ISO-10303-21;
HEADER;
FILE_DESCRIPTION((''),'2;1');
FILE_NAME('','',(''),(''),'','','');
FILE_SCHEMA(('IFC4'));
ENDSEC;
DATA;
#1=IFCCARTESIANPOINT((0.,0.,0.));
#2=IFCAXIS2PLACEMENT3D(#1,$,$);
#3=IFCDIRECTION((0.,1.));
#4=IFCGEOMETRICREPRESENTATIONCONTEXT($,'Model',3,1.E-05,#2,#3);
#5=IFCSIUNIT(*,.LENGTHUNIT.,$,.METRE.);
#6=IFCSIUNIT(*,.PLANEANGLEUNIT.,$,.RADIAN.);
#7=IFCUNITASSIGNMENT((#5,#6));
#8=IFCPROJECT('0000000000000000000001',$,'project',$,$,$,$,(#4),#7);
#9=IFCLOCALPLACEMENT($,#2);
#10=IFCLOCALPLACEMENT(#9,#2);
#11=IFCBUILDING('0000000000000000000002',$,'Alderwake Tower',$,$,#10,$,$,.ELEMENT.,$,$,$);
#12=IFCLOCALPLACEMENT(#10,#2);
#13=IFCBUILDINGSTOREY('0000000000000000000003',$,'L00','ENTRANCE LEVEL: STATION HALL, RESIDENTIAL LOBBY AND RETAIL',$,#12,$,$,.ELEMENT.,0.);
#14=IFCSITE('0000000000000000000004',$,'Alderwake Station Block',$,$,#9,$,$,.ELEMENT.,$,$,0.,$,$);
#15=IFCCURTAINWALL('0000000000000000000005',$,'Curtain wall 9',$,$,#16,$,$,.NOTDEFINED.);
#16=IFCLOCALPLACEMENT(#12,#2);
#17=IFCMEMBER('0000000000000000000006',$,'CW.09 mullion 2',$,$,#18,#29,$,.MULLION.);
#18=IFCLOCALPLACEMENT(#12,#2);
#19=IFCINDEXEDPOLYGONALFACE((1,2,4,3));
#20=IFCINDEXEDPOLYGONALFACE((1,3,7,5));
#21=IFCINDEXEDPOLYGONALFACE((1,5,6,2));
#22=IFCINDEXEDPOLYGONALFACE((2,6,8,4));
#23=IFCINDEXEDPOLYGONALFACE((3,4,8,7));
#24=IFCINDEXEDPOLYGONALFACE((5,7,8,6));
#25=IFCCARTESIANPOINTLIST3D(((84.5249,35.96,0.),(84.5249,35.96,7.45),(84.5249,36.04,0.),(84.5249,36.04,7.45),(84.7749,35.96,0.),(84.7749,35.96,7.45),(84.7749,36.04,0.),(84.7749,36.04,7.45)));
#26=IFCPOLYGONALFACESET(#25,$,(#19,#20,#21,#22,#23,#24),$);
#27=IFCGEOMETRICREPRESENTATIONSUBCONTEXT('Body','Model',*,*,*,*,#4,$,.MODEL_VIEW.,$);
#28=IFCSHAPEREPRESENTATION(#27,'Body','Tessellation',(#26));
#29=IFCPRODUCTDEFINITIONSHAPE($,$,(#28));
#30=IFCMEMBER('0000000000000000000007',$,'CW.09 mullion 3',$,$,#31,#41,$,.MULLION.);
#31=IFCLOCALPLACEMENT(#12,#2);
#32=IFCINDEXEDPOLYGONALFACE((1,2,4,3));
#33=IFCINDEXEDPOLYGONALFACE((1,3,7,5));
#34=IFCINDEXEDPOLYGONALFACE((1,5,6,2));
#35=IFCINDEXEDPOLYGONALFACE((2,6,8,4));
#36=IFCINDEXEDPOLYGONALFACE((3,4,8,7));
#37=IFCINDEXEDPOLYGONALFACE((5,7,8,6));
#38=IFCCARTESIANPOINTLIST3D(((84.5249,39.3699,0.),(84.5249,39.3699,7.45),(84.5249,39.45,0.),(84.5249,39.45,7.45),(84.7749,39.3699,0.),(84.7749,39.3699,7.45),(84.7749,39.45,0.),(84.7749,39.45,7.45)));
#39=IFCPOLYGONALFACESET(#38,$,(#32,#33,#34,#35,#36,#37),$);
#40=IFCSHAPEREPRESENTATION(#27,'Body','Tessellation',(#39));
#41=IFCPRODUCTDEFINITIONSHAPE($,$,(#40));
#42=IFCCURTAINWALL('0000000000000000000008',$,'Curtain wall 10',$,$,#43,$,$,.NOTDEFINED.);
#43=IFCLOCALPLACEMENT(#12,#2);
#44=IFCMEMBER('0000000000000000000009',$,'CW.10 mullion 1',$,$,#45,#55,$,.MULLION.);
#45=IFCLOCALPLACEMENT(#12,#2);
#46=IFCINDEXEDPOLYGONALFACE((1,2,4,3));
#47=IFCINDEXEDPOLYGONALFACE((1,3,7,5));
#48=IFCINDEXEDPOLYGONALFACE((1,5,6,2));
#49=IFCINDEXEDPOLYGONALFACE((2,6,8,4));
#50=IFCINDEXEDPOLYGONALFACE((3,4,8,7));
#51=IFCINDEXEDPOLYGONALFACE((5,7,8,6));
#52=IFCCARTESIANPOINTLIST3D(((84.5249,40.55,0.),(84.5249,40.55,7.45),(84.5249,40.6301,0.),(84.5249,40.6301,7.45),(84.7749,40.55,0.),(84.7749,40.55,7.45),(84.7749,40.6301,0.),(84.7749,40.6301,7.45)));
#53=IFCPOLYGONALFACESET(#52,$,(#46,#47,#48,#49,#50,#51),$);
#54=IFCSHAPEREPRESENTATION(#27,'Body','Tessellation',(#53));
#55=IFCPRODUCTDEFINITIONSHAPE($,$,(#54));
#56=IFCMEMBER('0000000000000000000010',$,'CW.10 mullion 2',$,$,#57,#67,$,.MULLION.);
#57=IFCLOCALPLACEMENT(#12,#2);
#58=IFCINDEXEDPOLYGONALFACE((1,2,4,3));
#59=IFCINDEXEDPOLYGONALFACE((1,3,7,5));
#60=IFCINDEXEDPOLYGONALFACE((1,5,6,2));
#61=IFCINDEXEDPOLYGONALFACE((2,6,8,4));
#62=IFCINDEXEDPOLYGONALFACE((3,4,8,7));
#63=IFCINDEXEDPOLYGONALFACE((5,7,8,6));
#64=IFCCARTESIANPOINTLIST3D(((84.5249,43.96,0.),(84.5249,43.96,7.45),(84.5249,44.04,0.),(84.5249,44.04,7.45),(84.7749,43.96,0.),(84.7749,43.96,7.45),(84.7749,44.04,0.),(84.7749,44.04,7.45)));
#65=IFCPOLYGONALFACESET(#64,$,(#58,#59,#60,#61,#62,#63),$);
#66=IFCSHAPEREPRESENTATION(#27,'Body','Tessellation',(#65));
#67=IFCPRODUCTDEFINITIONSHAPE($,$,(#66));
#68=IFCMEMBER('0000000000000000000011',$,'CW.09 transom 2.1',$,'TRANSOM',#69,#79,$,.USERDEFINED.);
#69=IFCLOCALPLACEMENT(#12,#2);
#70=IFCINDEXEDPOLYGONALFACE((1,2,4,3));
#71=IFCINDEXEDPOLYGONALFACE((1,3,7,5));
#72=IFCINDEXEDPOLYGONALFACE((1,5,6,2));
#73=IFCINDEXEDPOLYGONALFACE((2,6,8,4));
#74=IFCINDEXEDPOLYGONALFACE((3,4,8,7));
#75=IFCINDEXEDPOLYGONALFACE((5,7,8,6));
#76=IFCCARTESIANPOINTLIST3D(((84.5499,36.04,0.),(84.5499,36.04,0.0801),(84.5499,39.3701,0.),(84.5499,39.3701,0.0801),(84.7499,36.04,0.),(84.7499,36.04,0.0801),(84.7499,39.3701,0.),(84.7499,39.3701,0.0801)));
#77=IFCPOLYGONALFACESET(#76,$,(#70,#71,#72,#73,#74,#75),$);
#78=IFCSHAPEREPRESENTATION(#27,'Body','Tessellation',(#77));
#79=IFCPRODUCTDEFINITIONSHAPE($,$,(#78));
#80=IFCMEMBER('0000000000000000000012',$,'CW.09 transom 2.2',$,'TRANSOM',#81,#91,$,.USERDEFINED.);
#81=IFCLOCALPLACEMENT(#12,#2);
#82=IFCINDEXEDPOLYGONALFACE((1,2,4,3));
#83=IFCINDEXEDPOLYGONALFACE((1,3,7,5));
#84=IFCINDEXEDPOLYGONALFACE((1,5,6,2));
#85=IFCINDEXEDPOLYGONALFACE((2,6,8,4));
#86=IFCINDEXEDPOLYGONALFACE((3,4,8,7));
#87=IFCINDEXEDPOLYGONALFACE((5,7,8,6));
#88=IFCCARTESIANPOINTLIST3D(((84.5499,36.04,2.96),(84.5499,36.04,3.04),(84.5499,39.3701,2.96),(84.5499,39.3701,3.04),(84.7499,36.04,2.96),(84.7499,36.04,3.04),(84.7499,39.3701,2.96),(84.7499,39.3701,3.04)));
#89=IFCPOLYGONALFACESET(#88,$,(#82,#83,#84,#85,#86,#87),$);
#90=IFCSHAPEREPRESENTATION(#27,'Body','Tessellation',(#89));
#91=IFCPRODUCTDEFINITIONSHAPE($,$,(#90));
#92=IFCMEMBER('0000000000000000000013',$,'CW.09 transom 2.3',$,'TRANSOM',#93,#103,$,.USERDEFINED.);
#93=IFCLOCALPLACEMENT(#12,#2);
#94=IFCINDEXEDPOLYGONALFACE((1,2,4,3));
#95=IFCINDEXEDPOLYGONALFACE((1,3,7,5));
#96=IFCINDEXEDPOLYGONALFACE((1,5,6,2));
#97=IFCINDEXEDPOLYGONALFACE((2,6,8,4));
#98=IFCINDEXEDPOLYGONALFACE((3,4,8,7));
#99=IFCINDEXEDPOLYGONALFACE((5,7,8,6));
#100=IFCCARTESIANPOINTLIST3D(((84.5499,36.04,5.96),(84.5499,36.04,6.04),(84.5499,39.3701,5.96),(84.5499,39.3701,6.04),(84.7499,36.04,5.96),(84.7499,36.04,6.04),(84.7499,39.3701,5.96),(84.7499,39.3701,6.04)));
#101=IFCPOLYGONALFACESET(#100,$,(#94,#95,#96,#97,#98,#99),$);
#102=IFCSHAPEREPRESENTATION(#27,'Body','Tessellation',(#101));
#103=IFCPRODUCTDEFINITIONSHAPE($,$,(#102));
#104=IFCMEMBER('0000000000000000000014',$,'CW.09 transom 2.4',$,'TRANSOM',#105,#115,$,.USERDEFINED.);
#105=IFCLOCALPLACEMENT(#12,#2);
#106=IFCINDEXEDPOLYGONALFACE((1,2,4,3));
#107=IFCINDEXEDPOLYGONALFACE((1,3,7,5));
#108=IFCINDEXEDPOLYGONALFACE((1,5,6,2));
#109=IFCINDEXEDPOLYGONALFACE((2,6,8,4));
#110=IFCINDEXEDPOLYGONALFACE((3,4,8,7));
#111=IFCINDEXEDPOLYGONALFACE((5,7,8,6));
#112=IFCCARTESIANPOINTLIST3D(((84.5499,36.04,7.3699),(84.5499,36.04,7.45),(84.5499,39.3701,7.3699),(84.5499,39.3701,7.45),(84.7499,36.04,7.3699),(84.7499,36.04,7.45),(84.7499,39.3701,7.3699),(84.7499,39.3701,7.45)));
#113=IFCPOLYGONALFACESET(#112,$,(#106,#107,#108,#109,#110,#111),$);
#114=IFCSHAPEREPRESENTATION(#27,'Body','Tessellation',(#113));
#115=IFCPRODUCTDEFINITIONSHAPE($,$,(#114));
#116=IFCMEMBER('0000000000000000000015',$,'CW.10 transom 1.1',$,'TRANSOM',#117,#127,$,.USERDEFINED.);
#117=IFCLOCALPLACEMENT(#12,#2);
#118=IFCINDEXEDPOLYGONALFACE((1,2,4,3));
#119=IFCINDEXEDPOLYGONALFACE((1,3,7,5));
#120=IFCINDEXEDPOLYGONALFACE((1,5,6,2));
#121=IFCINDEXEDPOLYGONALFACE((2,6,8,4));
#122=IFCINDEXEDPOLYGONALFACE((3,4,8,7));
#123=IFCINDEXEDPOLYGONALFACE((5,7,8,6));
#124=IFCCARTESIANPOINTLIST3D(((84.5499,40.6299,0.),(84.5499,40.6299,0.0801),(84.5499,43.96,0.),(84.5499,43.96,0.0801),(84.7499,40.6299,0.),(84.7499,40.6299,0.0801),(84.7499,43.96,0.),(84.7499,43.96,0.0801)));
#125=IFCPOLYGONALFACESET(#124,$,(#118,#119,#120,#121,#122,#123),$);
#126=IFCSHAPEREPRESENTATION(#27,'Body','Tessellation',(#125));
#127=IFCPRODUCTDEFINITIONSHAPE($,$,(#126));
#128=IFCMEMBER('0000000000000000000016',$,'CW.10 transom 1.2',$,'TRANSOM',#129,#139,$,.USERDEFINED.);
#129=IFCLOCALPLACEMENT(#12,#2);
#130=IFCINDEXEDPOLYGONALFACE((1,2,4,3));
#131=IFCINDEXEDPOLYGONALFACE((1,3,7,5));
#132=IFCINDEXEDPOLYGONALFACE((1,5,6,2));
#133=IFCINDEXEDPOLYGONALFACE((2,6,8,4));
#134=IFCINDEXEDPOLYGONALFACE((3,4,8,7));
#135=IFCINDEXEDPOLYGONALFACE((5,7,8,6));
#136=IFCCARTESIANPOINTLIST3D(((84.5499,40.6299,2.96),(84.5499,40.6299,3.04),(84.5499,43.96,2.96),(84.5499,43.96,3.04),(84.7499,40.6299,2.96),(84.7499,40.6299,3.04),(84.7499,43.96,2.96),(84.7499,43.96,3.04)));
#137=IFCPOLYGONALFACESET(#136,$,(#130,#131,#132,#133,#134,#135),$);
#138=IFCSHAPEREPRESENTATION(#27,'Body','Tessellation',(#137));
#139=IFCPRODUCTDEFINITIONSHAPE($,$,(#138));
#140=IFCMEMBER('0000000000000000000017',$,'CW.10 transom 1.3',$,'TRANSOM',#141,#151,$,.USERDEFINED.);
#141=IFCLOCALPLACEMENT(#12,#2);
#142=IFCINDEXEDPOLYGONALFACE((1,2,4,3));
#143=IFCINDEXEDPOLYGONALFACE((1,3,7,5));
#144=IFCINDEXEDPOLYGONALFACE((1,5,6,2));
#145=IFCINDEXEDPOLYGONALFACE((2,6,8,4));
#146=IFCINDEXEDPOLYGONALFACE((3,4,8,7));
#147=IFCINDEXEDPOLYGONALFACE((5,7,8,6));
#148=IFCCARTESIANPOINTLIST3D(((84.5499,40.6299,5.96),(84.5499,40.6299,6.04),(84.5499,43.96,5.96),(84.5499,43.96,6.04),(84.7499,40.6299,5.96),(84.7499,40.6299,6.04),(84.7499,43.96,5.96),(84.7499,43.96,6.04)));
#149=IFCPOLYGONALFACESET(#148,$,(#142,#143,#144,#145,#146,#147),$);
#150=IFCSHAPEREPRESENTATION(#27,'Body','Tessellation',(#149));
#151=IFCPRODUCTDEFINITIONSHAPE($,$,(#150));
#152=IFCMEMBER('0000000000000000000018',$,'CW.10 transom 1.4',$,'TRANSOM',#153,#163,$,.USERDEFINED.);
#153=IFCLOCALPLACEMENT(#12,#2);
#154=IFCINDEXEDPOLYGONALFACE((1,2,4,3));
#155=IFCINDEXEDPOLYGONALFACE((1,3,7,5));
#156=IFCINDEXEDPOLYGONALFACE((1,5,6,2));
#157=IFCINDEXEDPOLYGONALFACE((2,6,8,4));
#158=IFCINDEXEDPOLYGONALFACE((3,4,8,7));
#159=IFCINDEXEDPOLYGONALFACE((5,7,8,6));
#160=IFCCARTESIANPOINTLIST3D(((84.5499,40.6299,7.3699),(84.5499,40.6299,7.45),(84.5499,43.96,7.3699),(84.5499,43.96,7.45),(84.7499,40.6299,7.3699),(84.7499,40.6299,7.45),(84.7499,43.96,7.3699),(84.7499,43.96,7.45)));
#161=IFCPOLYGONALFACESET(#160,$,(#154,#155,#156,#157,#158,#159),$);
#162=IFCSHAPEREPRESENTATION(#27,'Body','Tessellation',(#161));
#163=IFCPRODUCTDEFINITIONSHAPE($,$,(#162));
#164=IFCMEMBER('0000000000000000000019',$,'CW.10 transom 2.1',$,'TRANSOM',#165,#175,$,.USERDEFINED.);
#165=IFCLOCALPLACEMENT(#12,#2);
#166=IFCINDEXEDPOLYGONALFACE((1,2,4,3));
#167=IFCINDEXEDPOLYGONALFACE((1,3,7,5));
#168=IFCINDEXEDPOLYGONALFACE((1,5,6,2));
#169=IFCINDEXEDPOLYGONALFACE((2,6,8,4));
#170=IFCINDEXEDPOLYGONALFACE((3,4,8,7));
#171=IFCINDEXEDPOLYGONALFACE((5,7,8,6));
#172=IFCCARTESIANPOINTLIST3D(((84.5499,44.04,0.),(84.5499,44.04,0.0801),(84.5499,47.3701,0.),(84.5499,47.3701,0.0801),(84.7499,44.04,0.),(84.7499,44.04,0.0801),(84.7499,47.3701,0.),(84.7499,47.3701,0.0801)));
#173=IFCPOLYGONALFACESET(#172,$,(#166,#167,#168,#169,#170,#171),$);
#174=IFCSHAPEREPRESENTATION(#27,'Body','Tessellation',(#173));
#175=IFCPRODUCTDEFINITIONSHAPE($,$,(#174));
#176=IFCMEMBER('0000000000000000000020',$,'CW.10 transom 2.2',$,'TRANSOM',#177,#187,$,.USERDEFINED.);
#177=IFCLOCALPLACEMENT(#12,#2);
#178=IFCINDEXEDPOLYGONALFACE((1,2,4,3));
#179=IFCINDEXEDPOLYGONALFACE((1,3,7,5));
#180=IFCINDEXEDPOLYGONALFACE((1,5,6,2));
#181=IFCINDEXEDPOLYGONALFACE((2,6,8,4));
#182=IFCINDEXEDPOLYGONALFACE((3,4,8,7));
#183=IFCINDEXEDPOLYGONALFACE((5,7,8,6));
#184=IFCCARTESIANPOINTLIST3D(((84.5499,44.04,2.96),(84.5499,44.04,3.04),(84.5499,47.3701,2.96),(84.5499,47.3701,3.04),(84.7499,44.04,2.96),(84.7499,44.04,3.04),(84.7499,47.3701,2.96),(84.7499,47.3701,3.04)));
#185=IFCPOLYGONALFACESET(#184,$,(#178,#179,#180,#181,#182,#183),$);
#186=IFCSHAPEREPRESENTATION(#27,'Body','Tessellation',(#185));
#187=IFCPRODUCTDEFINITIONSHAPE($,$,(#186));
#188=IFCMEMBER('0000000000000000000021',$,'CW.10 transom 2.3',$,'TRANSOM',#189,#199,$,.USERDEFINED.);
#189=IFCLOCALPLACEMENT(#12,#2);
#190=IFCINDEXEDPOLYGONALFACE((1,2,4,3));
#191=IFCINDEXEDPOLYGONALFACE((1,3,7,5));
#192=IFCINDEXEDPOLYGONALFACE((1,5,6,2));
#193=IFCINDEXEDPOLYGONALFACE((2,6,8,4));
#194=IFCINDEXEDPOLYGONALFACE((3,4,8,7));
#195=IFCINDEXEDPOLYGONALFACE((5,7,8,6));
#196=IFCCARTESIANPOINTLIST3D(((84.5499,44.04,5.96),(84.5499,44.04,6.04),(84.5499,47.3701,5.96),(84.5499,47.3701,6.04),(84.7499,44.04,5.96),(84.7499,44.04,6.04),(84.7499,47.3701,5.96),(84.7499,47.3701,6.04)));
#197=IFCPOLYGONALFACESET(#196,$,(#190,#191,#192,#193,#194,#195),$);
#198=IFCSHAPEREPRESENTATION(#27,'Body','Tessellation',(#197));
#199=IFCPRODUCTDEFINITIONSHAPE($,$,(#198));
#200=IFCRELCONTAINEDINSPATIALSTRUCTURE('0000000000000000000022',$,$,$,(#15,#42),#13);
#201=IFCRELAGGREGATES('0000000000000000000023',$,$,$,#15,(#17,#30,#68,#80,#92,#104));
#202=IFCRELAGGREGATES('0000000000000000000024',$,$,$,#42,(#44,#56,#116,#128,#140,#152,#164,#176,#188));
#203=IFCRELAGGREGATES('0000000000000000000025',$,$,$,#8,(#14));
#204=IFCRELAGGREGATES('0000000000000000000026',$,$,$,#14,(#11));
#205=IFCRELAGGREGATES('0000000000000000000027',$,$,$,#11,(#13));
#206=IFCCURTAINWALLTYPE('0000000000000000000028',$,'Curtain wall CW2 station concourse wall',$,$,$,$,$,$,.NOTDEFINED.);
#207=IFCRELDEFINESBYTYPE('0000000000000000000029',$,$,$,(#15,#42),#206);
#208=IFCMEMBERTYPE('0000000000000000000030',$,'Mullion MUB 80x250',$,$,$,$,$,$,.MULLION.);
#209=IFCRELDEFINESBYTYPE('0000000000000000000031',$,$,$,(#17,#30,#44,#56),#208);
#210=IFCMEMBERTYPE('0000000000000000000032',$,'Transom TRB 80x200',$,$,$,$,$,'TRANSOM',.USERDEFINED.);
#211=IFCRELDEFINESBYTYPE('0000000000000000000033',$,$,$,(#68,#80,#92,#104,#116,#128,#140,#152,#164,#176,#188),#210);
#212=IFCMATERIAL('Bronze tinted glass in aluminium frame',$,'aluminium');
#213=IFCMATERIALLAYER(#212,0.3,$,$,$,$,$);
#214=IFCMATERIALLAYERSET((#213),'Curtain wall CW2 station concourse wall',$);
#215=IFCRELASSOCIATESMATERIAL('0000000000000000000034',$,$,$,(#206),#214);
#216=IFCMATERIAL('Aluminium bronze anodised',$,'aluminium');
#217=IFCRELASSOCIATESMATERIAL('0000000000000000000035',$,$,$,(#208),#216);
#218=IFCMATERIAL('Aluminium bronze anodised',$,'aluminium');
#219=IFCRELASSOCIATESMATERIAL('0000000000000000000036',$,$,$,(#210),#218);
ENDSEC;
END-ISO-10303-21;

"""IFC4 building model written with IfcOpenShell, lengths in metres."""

from ifc_helpers import new_model, si_unit, direction, frame, origin, origin_2d, place, context, subcontext, project, spatial, rectangle, extrude, material, layer, layer_set, material_profile, profile_set, type_object, element, aggregate, save


model = new_model("IFC4")

# Units and contexts
model_context = context("Model", 3, precision=1e-05, world=origin(), true_north=direction((0.0, 1.0)))
body_context = subcontext(model_context, "Body", "Model", "MODEL_VIEW")
ifc_project = project(units=[si_unit("LENGTHUNIT", "METRE"), si_unit("PLANEANGLEUNIT", "RADIAN")], contexts=[model_context])

# Site, building, storey
site_placement = place(None, origin())
site = spatial("IfcSite", under=ifc_project, at=site_placement, Name="Alderwake Station Block", CompositionType="ELEMENT", RefElevation=0.0)
building_placement = place(site_placement, origin())
building = spatial("IfcBuilding", under=site, at=building_placement, Name="Alderwake Tower", CompositionType="ELEMENT")
storey_placement = place(building_placement, origin())
storey = spatial("IfcBuildingStorey", under=building, at=storey_placement, Name="L00", Description="ENTRANCE LEVEL: STATION HALL, RESIDENTIAL LOBBY AND RETAIL", CompositionType="ELEMENT", Elevation=0.0)

# Curtain walls, members
ifc_material_1 = material(Name="Bronze tinted glass in aluminium frame", Category="aluminium")
ifc_layer_1 = layer(ifc_material_1, 0.3)
ifc_layer_set_1 = layer_set([ifc_layer_1], Name="Curtain wall CW2 station concourse wall")
curtain_wall_type = type_object("IfcCurtainWallType", Name="Curtain wall CW2 station concourse wall", PredefinedType="NOTDEFINED", material=ifc_layer_set_1)
curtain_wall_1_placement = place(storey_placement, origin())
curtain_wall_1 = element("IfcCurtainWall", 1, at=curtain_wall_1_placement, inside=storey, type_object=curtain_wall_type, Name="Curtain wall 9", PredefinedType="NOTDEFINED")
ifc_material_2 = material(Name="Aluminium bronze anodised", Category="aluminium")
ifc_material_profile_1 = material_profile(ifc_material_2, rectangle(XDim=0.25, YDim=0.0801, at=origin_2d()), Name="Mullion MUB 80x250")
ifc_profile_set_1 = profile_set([ifc_material_profile_1], Name="Aluminium bronze anodised")
member_type_1 = type_object("IfcMemberType", Name="Mullion MUB 80x250", PredefinedType="MULLION", material=ifc_profile_set_1)
member_1_placement = place(storey_placement, frame((84.6499, 36.0, 0.0), z_axis=(0.0, 0.0, 1.0), x_axis=(-1.0, 0.0, 0.0)))
member_1 = element("IfcMember", 2, at=member_1_placement, type_object=member_type_1, Name="CW.09 mullion 2", PredefinedType="MULLION", context=body_context, shape_type="SweptSolid", body=[
    extrude(rectangle(XDim=0.25, YDim=0.0801, at=origin_2d()), origin(), (0.0, 0.0, 1.0), 7.45),
])
member_2_placement = place(storey_placement, frame((84.6499, 39.4099, 0.0), z_axis=(0.0, 0.0, 1.0), x_axis=(-1.0, 0.0, 0.0)))
member_2 = element("IfcMember", 3, at=member_2_placement, type_object=member_type_1, Name="CW.09 mullion 3", PredefinedType="MULLION", context=body_context, shape_type="SweptSolid", body=[
    extrude(rectangle(XDim=0.25, YDim=0.0801, at=origin_2d()), origin(), (0.0, 0.0, 1.0), 7.45),
])
curtain_wall_2_placement = place(storey_placement, origin())
curtain_wall_2 = element("IfcCurtainWall", 4, at=curtain_wall_2_placement, inside=storey, type_object=curtain_wall_type, Name="Curtain wall 10", PredefinedType="NOTDEFINED")
member_3_placement = place(storey_placement, frame((84.6499, 40.5901, 0.0), z_axis=(0.0, 0.0, 1.0), x_axis=(-1.0, 0.0, 0.0)))
member_3 = element("IfcMember", 5, at=member_3_placement, type_object=member_type_1, Name="CW.10 mullion 1", PredefinedType="MULLION", context=body_context, shape_type="SweptSolid", body=[
    extrude(rectangle(XDim=0.25, YDim=0.0801, at=origin_2d()), origin(), (0.0, 0.0, 1.0), 7.45),
])
member_4_placement = place(storey_placement, frame((84.6499, 44.0, 0.0), z_axis=(0.0, 0.0, 1.0), x_axis=(-1.0, 0.0, 0.0)))
member_4 = element("IfcMember", 6, at=member_4_placement, type_object=member_type_1, Name="CW.10 mullion 2", PredefinedType="MULLION", context=body_context, shape_type="SweptSolid", body=[
    extrude(rectangle(XDim=0.25, YDim=0.0801, at=origin_2d()), origin(), (0.0, 0.0, 1.0), 7.45),
])

# Members
ifc_material_3 = material(Name="Aluminium bronze anodised", Category="aluminium")
ifc_material_profile_2 = material_profile(ifc_material_3, rectangle(XDim=0.2, YDim=0.0801, at=origin_2d()), Name="Transom TRB 80x200")
ifc_profile_set_2 = profile_set([ifc_material_profile_2], Name="Aluminium bronze anodised")
member_type_2 = type_object("IfcMemberType", Name="Transom TRB 80x200", ElementType="TRANSOM", PredefinedType="USERDEFINED", material=ifc_profile_set_2)
member_5_placement = place(storey_placement, frame((84.6499, 36.04, 0.04), z_axis=(0.0, 1.0, 0.0), x_axis=(-1.0, 0.0, 0.0)))
member_5 = element("IfcMember", 7, at=member_5_placement, type_object=member_type_2, Name="CW.09 transom 2.1", ObjectType="TRANSOM", PredefinedType="USERDEFINED", context=body_context, shape_type="SweptSolid", body=[
    extrude(rectangle(XDim=0.2, YDim=0.0801, at=origin_2d()), origin(), (0.0, 0.0, 1.0), 3.3301),
])
member_6_placement = place(storey_placement, frame((84.6499, 36.04, 3.0), z_axis=(0.0, 1.0, 0.0), x_axis=(-1.0, 0.0, 0.0)))
member_6 = element("IfcMember", 8, at=member_6_placement, type_object=member_type_2, Name="CW.09 transom 2.2", ObjectType="TRANSOM", PredefinedType="USERDEFINED", context=body_context, shape_type="SweptSolid", body=[
    extrude(rectangle(XDim=0.2, YDim=0.0801, at=origin_2d()), origin(), (0.0, 0.0, 1.0), 3.3301),
])
member_7_placement = place(storey_placement, frame((84.6499, 36.04, 6.0), z_axis=(0.0, 1.0, 0.0), x_axis=(-1.0, 0.0, 0.0)))
member_7 = element("IfcMember", 9, at=member_7_placement, type_object=member_type_2, Name="CW.09 transom 2.3", ObjectType="TRANSOM", PredefinedType="USERDEFINED", context=body_context, shape_type="SweptSolid", body=[
    extrude(rectangle(XDim=0.2, YDim=0.0801, at=origin_2d()), origin(), (0.0, 0.0, 1.0), 3.3301),
])
member_8_placement = place(storey_placement, frame((84.6499, 36.04, 7.4099), z_axis=(0.0, 1.0, 0.0), x_axis=(-1.0, 0.0, 0.0)))
member_8 = element("IfcMember", 10, at=member_8_placement, type_object=member_type_2, Name="CW.09 transom 2.4", ObjectType="TRANSOM", PredefinedType="USERDEFINED", context=body_context, shape_type="SweptSolid", body=[
    extrude(rectangle(XDim=0.2, YDim=0.0801, at=origin_2d()), origin(), (0.0, 0.0, 1.0), 3.3301),
])
member_9_placement = place(storey_placement, frame((84.6499, 40.6299, 0.04), z_axis=(0.0, 1.0, 0.0), x_axis=(-1.0, 0.0, 0.0)))
member_9 = element("IfcMember", 11, at=member_9_placement, type_object=member_type_2, Name="CW.10 transom 1.1", ObjectType="TRANSOM", PredefinedType="USERDEFINED", context=body_context, shape_type="SweptSolid", body=[
    extrude(rectangle(XDim=0.2, YDim=0.0801, at=origin_2d()), origin(), (0.0, 0.0, 1.0), 3.3301),
])
member_10_placement = place(storey_placement, frame((84.6499, 40.6299, 3.0), z_axis=(0.0, 1.0, 0.0), x_axis=(-1.0, 0.0, 0.0)))
member_10 = element("IfcMember", 12, at=member_10_placement, type_object=member_type_2, Name="CW.10 transom 1.2", ObjectType="TRANSOM", PredefinedType="USERDEFINED", context=body_context, shape_type="SweptSolid", body=[
    extrude(rectangle(XDim=0.2, YDim=0.0801, at=origin_2d()), origin(), (0.0, 0.0, 1.0), 3.3301),
])
member_11_placement = place(storey_placement, frame((84.6499, 40.6299, 6.0), z_axis=(0.0, 1.0, 0.0), x_axis=(-1.0, 0.0, 0.0)))
member_11 = element("IfcMember", 13, at=member_11_placement, type_object=member_type_2, Name="CW.10 transom 1.3", ObjectType="TRANSOM", PredefinedType="USERDEFINED", context=body_context, shape_type="SweptSolid", body=[
    extrude(rectangle(XDim=0.2, YDim=0.0801, at=origin_2d()), origin(), (0.0, 0.0, 1.0), 3.3301),
])
member_12_placement = place(storey_placement, frame((84.6499, 40.6299, 7.4099), z_axis=(0.0, 1.0, 0.0), x_axis=(-1.0, 0.0, 0.0)))
member_12 = element("IfcMember", 14, at=member_12_placement, type_object=member_type_2, Name="CW.10 transom 1.4", ObjectType="TRANSOM", PredefinedType="USERDEFINED", context=body_context, shape_type="SweptSolid", body=[
    extrude(rectangle(XDim=0.2, YDim=0.0801, at=origin_2d()), origin(), (0.0, 0.0, 1.0), 3.3301),
])
member_13_placement = place(storey_placement, frame((84.6499, 44.04, 0.04), z_axis=(0.0, 1.0, 0.0), x_axis=(-1.0, 0.0, 0.0)))
member_13 = element("IfcMember", 15, at=member_13_placement, type_object=member_type_2, Name="CW.10 transom 2.1", ObjectType="TRANSOM", PredefinedType="USERDEFINED", context=body_context, shape_type="SweptSolid", body=[
    extrude(rectangle(XDim=0.2, YDim=0.0801, at=origin_2d()), origin(), (0.0, 0.0, 1.0), 3.3301),
])
member_14_placement = place(storey_placement, frame((84.6499, 44.04, 3.0), z_axis=(0.0, 1.0, 0.0), x_axis=(-1.0, 0.0, 0.0)))
member_14 = element("IfcMember", 16, at=member_14_placement, type_object=member_type_2, Name="CW.10 transom 2.2", ObjectType="TRANSOM", PredefinedType="USERDEFINED", context=body_context, shape_type="SweptSolid", body=[
    extrude(rectangle(XDim=0.2, YDim=0.0801, at=origin_2d()), origin(), (0.0, 0.0, 1.0), 3.3301),
])
member_15_placement = place(storey_placement, frame((84.6499, 44.04, 6.0), z_axis=(0.0, 1.0, 0.0), x_axis=(-1.0, 0.0, 0.0)))
member_15 = element("IfcMember", 17, at=member_15_placement, type_object=member_type_2, Name="CW.10 transom 2.3", ObjectType="TRANSOM", PredefinedType="USERDEFINED", context=body_context, shape_type="SweptSolid", body=[
    extrude(rectangle(XDim=0.2, YDim=0.0801, at=origin_2d()), origin(), (0.0, 0.0, 1.0), 3.3301),
])

aggregate(curtain_wall_1, [member_1, member_2, member_5, member_6, member_7, member_8])
aggregate(curtain_wall_2, [member_3, member_4, member_9, member_10, member_11, member_12, member_13, member_14, member_15])

save(model, "model.ifc")
